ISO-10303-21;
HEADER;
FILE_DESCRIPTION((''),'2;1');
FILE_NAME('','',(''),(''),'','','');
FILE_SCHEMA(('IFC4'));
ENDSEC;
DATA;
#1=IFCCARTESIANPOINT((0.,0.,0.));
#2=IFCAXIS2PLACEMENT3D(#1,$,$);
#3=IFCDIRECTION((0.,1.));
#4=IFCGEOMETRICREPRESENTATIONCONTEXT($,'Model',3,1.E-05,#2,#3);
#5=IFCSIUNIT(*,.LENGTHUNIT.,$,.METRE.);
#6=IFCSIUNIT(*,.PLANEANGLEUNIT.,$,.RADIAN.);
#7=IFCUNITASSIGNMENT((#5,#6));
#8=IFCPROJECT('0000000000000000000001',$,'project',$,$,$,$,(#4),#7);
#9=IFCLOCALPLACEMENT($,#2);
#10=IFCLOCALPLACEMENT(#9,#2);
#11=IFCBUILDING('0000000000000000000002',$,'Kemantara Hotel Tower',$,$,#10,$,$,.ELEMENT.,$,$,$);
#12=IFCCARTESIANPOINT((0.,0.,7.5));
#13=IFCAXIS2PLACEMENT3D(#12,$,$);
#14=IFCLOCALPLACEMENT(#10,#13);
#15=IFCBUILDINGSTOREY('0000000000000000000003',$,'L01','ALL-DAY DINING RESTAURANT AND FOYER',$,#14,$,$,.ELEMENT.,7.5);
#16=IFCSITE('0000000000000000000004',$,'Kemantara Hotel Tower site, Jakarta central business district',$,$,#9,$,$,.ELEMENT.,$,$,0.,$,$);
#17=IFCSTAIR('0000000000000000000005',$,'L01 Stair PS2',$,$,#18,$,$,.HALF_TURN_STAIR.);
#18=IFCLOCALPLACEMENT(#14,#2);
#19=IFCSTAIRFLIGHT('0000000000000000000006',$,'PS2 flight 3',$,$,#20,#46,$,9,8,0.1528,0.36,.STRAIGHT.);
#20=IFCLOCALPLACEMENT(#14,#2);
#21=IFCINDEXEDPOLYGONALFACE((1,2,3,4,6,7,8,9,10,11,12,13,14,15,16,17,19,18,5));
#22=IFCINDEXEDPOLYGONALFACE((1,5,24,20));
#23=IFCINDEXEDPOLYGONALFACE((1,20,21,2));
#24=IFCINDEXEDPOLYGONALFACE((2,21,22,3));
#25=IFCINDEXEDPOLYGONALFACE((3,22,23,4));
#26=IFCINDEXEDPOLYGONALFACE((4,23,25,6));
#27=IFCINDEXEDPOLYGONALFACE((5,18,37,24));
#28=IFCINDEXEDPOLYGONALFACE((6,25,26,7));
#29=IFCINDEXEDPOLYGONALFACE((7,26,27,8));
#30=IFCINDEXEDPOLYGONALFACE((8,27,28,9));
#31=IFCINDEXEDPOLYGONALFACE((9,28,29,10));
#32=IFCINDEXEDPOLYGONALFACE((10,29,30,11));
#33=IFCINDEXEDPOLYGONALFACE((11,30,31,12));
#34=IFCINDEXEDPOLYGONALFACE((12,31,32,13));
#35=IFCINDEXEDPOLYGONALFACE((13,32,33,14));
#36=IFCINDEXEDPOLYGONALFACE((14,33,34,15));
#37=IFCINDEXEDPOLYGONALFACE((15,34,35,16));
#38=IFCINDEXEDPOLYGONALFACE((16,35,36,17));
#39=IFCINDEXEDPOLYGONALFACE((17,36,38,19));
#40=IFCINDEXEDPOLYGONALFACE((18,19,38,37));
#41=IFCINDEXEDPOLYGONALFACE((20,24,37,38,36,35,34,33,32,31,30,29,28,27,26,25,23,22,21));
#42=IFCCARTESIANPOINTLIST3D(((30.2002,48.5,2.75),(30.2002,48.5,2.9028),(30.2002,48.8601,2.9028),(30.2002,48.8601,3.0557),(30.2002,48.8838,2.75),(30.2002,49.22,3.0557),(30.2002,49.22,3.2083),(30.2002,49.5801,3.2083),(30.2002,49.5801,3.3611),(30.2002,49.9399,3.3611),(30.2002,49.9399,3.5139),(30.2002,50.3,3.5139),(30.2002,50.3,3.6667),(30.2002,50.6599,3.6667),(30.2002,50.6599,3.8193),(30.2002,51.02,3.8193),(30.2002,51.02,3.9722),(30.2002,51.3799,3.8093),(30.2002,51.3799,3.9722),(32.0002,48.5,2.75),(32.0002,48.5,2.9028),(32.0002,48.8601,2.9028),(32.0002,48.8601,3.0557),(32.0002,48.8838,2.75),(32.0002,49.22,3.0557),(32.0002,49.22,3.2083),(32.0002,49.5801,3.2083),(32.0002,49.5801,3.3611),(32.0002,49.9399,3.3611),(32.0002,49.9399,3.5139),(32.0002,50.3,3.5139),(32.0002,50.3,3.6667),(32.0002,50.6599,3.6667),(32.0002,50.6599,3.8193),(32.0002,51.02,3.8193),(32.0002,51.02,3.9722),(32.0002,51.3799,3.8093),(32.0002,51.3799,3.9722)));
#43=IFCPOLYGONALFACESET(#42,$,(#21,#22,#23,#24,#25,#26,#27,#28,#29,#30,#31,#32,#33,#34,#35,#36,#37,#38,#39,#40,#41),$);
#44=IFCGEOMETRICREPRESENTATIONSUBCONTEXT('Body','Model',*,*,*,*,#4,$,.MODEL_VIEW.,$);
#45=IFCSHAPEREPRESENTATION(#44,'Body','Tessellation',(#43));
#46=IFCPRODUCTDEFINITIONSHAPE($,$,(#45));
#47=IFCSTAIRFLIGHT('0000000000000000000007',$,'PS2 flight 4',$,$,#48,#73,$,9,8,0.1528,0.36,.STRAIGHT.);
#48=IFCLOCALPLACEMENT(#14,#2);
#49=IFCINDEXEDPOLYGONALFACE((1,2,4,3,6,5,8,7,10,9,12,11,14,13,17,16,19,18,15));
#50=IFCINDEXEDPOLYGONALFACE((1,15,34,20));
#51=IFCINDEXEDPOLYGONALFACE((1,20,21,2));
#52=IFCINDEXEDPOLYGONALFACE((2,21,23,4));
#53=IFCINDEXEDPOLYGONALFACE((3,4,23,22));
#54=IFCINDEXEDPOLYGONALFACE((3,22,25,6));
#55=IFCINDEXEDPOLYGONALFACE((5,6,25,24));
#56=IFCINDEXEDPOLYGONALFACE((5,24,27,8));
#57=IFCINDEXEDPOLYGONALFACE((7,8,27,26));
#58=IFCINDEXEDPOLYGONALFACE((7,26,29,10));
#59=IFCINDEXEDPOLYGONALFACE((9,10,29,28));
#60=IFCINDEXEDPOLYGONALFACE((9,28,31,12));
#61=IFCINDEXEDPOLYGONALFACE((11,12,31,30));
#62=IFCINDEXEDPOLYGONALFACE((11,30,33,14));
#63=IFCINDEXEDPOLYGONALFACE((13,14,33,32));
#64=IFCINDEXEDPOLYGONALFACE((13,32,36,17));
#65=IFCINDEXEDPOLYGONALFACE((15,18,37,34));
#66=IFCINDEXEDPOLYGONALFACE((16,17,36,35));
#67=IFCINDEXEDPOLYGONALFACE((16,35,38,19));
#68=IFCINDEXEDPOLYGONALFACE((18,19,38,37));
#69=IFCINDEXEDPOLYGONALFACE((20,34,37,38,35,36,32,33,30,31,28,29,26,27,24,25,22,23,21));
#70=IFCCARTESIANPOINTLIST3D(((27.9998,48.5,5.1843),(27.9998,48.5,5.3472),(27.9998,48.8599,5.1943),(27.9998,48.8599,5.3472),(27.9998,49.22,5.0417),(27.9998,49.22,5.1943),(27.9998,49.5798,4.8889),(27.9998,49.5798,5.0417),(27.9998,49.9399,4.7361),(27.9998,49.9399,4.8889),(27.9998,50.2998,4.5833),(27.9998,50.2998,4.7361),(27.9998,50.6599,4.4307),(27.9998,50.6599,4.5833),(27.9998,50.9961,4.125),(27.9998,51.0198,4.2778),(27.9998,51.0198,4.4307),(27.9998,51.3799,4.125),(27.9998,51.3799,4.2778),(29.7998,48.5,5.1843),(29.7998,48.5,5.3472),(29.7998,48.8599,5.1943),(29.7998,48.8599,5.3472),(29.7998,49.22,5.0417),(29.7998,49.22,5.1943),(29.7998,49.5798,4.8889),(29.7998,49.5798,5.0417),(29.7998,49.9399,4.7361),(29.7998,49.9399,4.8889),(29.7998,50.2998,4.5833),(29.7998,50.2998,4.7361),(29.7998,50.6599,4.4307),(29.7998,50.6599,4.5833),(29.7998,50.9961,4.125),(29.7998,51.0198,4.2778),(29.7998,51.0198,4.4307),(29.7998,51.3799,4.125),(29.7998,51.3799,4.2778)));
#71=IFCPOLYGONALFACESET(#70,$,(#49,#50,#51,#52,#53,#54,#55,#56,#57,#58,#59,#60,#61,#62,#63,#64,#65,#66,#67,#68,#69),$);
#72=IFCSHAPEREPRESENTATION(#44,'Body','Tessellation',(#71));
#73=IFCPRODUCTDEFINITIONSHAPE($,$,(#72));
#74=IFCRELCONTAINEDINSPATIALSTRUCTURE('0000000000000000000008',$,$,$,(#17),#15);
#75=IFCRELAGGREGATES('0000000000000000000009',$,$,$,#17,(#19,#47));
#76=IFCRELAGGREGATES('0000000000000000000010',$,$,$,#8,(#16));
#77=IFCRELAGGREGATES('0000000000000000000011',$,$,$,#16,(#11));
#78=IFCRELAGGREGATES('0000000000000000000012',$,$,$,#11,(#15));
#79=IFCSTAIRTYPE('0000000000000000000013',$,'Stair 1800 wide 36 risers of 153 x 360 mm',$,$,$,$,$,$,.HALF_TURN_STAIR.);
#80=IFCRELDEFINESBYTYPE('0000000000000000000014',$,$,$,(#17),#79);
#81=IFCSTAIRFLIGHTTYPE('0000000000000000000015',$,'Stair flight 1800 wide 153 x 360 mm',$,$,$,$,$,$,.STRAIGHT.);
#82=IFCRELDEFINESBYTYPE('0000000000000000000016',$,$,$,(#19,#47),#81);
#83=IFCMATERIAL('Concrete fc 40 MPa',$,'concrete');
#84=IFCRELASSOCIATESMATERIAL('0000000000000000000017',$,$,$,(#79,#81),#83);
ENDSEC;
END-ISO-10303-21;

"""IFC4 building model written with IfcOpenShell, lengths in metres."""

from ifc_helpers import new_model, si_unit, direction, frame, origin, place, context, subcontext, project, spatial, polyline, outline, extrude, material, type_object, element, aggregate, save


model = new_model("IFC4")

# Units and contexts
model_context = context("Model", 3, precision=1e-05, world=origin(), true_north=direction((0.0, 1.0)))
body_context = subcontext(model_context, "Body", "Model", "MODEL_VIEW")
ifc_project = project(units=[si_unit("LENGTHUNIT", "METRE"), si_unit("PLANEANGLEUNIT", "RADIAN")], contexts=[model_context])

# Site, building, storey
site_placement = place(None, origin())
site = spatial("IfcSite", under=ifc_project, at=site_placement, Name="Kemantara Hotel Tower site, Jakarta central business district", CompositionType="ELEMENT", RefElevation=0.0)
building_placement = place(site_placement, origin())
building = spatial("IfcBuilding", under=site, at=building_placement, Name="Kemantara Hotel Tower", CompositionType="ELEMENT")
storey_placement = place(building_placement, frame((0.0, 0.0, 7.5)))
storey = spatial("IfcBuildingStorey", under=building, at=storey_placement, Name="L01", Description="ALL-DAY DINING RESTAURANT AND FOYER", CompositionType="ELEMENT", Elevation=7.5)

# Shared definitions
ifc_material_1 = material(Name="Concrete fc 40 MPa", Category="concrete")

# Stair, stair flights
stair_type = type_object("IfcStairType", Name="Stair 1800 wide 36 risers of 153 x 360 mm", PredefinedType="HALF_TURN_STAIR", material=ifc_material_1)
stair_placement = place(storey_placement, origin())
stair = element("IfcStair", 1, at=stair_placement, inside=storey, type_object=stair_type, Name="L01 Stair PS2", PredefinedType="HALF_TURN_STAIR")
stair_flight_type = type_object("IfcStairFlightType", Name="Stair flight 1800 wide 153 x 360 mm", PredefinedType="STRAIGHT", material=ifc_material_1)
stair_flight_1_placement = place(storey_placement, frame((31.1001, 48.5, 2.75), z_axis=(0.0, 0.0, 1.0), x_axis=(0.0, 1.0, 0.0)))
stair_flight_1 = element("IfcStairFlight", 2, at=stair_flight_1_placement, type_object=stair_flight_type, Name="PS2 flight 3", NumberOfRisers=9, NumberOfTreads=8, PredefinedType="STRAIGHT", RiserHeight=0.1528, TreadLength=0.36, context=body_context, shape_type="SweptSolid", body=[
    extrude(outline(polyline([(0.0, 0.0), (0.0, 0.1528), (0.3601, 0.1528), (0.3601, 0.3057), (0.72, 0.3057), (0.72, 0.4583), (1.0801, 0.4583), (1.0801, 0.6111), (1.4399, 0.6111), (1.4399, 0.7639), (1.8, 0.7639), (1.8, 0.9167), (2.1599, 0.9167), (2.1599, 1.0693), (2.52, 1.0693), (2.52, 1.2222), (2.8799, 1.2222), (2.8799, 1.375), (2.8799, 1.0593), (0.3838, 0.0), (0.0, 0.0)])), frame((0.0, 0.8999, 0.0), z_axis=(0.0, -1.0, 0.0), x_axis=(1.0, 0.0, 0.0)), (0.0, 0.0, 1.0), 1.8),
])
stair_flight_2_placement = place(storey_placement, frame((28.8999, 51.3799, 4.125), z_axis=(0.0, 0.0, 1.0), x_axis=(0.0, -1.0, 0.0)))
stair_flight_2 = element("IfcStairFlight", 3, at=stair_flight_2_placement, type_object=stair_flight_type, Name="PS2 flight 4", NumberOfRisers=9, NumberOfTreads=8, PredefinedType="STRAIGHT", RiserHeight=0.1528, TreadLength=0.36, context=body_context, shape_type="SweptSolid", body=[
    extrude(outline(polyline([(0.0, 0.0), (0.0, 0.1528), (0.3601, 0.1528), (0.3601, 0.3057), (0.72, 0.3057), (0.72, 0.4583), (1.0801, 0.4583), (1.0801, 0.6111), (1.4399, 0.6111), (1.4399, 0.7639), (1.8, 0.7639), (1.8, 0.9167), (2.1599, 0.9167), (2.1599, 1.0693), (2.52, 1.0693), (2.52, 1.2222), (2.8799, 1.2222), (2.8799, 1.375), (2.8799, 1.0593), (0.3838, 0.0), (0.0, 0.0)])), frame((0.0, 0.8999, 0.0), z_axis=(0.0, -1.0, 0.0), x_axis=(1.0, 0.0, 0.0)), (0.0, 0.0, 1.0), 1.8),
])
aggregate(stair, [stair_flight_1, stair_flight_2])

save(model, "model.ifc")
